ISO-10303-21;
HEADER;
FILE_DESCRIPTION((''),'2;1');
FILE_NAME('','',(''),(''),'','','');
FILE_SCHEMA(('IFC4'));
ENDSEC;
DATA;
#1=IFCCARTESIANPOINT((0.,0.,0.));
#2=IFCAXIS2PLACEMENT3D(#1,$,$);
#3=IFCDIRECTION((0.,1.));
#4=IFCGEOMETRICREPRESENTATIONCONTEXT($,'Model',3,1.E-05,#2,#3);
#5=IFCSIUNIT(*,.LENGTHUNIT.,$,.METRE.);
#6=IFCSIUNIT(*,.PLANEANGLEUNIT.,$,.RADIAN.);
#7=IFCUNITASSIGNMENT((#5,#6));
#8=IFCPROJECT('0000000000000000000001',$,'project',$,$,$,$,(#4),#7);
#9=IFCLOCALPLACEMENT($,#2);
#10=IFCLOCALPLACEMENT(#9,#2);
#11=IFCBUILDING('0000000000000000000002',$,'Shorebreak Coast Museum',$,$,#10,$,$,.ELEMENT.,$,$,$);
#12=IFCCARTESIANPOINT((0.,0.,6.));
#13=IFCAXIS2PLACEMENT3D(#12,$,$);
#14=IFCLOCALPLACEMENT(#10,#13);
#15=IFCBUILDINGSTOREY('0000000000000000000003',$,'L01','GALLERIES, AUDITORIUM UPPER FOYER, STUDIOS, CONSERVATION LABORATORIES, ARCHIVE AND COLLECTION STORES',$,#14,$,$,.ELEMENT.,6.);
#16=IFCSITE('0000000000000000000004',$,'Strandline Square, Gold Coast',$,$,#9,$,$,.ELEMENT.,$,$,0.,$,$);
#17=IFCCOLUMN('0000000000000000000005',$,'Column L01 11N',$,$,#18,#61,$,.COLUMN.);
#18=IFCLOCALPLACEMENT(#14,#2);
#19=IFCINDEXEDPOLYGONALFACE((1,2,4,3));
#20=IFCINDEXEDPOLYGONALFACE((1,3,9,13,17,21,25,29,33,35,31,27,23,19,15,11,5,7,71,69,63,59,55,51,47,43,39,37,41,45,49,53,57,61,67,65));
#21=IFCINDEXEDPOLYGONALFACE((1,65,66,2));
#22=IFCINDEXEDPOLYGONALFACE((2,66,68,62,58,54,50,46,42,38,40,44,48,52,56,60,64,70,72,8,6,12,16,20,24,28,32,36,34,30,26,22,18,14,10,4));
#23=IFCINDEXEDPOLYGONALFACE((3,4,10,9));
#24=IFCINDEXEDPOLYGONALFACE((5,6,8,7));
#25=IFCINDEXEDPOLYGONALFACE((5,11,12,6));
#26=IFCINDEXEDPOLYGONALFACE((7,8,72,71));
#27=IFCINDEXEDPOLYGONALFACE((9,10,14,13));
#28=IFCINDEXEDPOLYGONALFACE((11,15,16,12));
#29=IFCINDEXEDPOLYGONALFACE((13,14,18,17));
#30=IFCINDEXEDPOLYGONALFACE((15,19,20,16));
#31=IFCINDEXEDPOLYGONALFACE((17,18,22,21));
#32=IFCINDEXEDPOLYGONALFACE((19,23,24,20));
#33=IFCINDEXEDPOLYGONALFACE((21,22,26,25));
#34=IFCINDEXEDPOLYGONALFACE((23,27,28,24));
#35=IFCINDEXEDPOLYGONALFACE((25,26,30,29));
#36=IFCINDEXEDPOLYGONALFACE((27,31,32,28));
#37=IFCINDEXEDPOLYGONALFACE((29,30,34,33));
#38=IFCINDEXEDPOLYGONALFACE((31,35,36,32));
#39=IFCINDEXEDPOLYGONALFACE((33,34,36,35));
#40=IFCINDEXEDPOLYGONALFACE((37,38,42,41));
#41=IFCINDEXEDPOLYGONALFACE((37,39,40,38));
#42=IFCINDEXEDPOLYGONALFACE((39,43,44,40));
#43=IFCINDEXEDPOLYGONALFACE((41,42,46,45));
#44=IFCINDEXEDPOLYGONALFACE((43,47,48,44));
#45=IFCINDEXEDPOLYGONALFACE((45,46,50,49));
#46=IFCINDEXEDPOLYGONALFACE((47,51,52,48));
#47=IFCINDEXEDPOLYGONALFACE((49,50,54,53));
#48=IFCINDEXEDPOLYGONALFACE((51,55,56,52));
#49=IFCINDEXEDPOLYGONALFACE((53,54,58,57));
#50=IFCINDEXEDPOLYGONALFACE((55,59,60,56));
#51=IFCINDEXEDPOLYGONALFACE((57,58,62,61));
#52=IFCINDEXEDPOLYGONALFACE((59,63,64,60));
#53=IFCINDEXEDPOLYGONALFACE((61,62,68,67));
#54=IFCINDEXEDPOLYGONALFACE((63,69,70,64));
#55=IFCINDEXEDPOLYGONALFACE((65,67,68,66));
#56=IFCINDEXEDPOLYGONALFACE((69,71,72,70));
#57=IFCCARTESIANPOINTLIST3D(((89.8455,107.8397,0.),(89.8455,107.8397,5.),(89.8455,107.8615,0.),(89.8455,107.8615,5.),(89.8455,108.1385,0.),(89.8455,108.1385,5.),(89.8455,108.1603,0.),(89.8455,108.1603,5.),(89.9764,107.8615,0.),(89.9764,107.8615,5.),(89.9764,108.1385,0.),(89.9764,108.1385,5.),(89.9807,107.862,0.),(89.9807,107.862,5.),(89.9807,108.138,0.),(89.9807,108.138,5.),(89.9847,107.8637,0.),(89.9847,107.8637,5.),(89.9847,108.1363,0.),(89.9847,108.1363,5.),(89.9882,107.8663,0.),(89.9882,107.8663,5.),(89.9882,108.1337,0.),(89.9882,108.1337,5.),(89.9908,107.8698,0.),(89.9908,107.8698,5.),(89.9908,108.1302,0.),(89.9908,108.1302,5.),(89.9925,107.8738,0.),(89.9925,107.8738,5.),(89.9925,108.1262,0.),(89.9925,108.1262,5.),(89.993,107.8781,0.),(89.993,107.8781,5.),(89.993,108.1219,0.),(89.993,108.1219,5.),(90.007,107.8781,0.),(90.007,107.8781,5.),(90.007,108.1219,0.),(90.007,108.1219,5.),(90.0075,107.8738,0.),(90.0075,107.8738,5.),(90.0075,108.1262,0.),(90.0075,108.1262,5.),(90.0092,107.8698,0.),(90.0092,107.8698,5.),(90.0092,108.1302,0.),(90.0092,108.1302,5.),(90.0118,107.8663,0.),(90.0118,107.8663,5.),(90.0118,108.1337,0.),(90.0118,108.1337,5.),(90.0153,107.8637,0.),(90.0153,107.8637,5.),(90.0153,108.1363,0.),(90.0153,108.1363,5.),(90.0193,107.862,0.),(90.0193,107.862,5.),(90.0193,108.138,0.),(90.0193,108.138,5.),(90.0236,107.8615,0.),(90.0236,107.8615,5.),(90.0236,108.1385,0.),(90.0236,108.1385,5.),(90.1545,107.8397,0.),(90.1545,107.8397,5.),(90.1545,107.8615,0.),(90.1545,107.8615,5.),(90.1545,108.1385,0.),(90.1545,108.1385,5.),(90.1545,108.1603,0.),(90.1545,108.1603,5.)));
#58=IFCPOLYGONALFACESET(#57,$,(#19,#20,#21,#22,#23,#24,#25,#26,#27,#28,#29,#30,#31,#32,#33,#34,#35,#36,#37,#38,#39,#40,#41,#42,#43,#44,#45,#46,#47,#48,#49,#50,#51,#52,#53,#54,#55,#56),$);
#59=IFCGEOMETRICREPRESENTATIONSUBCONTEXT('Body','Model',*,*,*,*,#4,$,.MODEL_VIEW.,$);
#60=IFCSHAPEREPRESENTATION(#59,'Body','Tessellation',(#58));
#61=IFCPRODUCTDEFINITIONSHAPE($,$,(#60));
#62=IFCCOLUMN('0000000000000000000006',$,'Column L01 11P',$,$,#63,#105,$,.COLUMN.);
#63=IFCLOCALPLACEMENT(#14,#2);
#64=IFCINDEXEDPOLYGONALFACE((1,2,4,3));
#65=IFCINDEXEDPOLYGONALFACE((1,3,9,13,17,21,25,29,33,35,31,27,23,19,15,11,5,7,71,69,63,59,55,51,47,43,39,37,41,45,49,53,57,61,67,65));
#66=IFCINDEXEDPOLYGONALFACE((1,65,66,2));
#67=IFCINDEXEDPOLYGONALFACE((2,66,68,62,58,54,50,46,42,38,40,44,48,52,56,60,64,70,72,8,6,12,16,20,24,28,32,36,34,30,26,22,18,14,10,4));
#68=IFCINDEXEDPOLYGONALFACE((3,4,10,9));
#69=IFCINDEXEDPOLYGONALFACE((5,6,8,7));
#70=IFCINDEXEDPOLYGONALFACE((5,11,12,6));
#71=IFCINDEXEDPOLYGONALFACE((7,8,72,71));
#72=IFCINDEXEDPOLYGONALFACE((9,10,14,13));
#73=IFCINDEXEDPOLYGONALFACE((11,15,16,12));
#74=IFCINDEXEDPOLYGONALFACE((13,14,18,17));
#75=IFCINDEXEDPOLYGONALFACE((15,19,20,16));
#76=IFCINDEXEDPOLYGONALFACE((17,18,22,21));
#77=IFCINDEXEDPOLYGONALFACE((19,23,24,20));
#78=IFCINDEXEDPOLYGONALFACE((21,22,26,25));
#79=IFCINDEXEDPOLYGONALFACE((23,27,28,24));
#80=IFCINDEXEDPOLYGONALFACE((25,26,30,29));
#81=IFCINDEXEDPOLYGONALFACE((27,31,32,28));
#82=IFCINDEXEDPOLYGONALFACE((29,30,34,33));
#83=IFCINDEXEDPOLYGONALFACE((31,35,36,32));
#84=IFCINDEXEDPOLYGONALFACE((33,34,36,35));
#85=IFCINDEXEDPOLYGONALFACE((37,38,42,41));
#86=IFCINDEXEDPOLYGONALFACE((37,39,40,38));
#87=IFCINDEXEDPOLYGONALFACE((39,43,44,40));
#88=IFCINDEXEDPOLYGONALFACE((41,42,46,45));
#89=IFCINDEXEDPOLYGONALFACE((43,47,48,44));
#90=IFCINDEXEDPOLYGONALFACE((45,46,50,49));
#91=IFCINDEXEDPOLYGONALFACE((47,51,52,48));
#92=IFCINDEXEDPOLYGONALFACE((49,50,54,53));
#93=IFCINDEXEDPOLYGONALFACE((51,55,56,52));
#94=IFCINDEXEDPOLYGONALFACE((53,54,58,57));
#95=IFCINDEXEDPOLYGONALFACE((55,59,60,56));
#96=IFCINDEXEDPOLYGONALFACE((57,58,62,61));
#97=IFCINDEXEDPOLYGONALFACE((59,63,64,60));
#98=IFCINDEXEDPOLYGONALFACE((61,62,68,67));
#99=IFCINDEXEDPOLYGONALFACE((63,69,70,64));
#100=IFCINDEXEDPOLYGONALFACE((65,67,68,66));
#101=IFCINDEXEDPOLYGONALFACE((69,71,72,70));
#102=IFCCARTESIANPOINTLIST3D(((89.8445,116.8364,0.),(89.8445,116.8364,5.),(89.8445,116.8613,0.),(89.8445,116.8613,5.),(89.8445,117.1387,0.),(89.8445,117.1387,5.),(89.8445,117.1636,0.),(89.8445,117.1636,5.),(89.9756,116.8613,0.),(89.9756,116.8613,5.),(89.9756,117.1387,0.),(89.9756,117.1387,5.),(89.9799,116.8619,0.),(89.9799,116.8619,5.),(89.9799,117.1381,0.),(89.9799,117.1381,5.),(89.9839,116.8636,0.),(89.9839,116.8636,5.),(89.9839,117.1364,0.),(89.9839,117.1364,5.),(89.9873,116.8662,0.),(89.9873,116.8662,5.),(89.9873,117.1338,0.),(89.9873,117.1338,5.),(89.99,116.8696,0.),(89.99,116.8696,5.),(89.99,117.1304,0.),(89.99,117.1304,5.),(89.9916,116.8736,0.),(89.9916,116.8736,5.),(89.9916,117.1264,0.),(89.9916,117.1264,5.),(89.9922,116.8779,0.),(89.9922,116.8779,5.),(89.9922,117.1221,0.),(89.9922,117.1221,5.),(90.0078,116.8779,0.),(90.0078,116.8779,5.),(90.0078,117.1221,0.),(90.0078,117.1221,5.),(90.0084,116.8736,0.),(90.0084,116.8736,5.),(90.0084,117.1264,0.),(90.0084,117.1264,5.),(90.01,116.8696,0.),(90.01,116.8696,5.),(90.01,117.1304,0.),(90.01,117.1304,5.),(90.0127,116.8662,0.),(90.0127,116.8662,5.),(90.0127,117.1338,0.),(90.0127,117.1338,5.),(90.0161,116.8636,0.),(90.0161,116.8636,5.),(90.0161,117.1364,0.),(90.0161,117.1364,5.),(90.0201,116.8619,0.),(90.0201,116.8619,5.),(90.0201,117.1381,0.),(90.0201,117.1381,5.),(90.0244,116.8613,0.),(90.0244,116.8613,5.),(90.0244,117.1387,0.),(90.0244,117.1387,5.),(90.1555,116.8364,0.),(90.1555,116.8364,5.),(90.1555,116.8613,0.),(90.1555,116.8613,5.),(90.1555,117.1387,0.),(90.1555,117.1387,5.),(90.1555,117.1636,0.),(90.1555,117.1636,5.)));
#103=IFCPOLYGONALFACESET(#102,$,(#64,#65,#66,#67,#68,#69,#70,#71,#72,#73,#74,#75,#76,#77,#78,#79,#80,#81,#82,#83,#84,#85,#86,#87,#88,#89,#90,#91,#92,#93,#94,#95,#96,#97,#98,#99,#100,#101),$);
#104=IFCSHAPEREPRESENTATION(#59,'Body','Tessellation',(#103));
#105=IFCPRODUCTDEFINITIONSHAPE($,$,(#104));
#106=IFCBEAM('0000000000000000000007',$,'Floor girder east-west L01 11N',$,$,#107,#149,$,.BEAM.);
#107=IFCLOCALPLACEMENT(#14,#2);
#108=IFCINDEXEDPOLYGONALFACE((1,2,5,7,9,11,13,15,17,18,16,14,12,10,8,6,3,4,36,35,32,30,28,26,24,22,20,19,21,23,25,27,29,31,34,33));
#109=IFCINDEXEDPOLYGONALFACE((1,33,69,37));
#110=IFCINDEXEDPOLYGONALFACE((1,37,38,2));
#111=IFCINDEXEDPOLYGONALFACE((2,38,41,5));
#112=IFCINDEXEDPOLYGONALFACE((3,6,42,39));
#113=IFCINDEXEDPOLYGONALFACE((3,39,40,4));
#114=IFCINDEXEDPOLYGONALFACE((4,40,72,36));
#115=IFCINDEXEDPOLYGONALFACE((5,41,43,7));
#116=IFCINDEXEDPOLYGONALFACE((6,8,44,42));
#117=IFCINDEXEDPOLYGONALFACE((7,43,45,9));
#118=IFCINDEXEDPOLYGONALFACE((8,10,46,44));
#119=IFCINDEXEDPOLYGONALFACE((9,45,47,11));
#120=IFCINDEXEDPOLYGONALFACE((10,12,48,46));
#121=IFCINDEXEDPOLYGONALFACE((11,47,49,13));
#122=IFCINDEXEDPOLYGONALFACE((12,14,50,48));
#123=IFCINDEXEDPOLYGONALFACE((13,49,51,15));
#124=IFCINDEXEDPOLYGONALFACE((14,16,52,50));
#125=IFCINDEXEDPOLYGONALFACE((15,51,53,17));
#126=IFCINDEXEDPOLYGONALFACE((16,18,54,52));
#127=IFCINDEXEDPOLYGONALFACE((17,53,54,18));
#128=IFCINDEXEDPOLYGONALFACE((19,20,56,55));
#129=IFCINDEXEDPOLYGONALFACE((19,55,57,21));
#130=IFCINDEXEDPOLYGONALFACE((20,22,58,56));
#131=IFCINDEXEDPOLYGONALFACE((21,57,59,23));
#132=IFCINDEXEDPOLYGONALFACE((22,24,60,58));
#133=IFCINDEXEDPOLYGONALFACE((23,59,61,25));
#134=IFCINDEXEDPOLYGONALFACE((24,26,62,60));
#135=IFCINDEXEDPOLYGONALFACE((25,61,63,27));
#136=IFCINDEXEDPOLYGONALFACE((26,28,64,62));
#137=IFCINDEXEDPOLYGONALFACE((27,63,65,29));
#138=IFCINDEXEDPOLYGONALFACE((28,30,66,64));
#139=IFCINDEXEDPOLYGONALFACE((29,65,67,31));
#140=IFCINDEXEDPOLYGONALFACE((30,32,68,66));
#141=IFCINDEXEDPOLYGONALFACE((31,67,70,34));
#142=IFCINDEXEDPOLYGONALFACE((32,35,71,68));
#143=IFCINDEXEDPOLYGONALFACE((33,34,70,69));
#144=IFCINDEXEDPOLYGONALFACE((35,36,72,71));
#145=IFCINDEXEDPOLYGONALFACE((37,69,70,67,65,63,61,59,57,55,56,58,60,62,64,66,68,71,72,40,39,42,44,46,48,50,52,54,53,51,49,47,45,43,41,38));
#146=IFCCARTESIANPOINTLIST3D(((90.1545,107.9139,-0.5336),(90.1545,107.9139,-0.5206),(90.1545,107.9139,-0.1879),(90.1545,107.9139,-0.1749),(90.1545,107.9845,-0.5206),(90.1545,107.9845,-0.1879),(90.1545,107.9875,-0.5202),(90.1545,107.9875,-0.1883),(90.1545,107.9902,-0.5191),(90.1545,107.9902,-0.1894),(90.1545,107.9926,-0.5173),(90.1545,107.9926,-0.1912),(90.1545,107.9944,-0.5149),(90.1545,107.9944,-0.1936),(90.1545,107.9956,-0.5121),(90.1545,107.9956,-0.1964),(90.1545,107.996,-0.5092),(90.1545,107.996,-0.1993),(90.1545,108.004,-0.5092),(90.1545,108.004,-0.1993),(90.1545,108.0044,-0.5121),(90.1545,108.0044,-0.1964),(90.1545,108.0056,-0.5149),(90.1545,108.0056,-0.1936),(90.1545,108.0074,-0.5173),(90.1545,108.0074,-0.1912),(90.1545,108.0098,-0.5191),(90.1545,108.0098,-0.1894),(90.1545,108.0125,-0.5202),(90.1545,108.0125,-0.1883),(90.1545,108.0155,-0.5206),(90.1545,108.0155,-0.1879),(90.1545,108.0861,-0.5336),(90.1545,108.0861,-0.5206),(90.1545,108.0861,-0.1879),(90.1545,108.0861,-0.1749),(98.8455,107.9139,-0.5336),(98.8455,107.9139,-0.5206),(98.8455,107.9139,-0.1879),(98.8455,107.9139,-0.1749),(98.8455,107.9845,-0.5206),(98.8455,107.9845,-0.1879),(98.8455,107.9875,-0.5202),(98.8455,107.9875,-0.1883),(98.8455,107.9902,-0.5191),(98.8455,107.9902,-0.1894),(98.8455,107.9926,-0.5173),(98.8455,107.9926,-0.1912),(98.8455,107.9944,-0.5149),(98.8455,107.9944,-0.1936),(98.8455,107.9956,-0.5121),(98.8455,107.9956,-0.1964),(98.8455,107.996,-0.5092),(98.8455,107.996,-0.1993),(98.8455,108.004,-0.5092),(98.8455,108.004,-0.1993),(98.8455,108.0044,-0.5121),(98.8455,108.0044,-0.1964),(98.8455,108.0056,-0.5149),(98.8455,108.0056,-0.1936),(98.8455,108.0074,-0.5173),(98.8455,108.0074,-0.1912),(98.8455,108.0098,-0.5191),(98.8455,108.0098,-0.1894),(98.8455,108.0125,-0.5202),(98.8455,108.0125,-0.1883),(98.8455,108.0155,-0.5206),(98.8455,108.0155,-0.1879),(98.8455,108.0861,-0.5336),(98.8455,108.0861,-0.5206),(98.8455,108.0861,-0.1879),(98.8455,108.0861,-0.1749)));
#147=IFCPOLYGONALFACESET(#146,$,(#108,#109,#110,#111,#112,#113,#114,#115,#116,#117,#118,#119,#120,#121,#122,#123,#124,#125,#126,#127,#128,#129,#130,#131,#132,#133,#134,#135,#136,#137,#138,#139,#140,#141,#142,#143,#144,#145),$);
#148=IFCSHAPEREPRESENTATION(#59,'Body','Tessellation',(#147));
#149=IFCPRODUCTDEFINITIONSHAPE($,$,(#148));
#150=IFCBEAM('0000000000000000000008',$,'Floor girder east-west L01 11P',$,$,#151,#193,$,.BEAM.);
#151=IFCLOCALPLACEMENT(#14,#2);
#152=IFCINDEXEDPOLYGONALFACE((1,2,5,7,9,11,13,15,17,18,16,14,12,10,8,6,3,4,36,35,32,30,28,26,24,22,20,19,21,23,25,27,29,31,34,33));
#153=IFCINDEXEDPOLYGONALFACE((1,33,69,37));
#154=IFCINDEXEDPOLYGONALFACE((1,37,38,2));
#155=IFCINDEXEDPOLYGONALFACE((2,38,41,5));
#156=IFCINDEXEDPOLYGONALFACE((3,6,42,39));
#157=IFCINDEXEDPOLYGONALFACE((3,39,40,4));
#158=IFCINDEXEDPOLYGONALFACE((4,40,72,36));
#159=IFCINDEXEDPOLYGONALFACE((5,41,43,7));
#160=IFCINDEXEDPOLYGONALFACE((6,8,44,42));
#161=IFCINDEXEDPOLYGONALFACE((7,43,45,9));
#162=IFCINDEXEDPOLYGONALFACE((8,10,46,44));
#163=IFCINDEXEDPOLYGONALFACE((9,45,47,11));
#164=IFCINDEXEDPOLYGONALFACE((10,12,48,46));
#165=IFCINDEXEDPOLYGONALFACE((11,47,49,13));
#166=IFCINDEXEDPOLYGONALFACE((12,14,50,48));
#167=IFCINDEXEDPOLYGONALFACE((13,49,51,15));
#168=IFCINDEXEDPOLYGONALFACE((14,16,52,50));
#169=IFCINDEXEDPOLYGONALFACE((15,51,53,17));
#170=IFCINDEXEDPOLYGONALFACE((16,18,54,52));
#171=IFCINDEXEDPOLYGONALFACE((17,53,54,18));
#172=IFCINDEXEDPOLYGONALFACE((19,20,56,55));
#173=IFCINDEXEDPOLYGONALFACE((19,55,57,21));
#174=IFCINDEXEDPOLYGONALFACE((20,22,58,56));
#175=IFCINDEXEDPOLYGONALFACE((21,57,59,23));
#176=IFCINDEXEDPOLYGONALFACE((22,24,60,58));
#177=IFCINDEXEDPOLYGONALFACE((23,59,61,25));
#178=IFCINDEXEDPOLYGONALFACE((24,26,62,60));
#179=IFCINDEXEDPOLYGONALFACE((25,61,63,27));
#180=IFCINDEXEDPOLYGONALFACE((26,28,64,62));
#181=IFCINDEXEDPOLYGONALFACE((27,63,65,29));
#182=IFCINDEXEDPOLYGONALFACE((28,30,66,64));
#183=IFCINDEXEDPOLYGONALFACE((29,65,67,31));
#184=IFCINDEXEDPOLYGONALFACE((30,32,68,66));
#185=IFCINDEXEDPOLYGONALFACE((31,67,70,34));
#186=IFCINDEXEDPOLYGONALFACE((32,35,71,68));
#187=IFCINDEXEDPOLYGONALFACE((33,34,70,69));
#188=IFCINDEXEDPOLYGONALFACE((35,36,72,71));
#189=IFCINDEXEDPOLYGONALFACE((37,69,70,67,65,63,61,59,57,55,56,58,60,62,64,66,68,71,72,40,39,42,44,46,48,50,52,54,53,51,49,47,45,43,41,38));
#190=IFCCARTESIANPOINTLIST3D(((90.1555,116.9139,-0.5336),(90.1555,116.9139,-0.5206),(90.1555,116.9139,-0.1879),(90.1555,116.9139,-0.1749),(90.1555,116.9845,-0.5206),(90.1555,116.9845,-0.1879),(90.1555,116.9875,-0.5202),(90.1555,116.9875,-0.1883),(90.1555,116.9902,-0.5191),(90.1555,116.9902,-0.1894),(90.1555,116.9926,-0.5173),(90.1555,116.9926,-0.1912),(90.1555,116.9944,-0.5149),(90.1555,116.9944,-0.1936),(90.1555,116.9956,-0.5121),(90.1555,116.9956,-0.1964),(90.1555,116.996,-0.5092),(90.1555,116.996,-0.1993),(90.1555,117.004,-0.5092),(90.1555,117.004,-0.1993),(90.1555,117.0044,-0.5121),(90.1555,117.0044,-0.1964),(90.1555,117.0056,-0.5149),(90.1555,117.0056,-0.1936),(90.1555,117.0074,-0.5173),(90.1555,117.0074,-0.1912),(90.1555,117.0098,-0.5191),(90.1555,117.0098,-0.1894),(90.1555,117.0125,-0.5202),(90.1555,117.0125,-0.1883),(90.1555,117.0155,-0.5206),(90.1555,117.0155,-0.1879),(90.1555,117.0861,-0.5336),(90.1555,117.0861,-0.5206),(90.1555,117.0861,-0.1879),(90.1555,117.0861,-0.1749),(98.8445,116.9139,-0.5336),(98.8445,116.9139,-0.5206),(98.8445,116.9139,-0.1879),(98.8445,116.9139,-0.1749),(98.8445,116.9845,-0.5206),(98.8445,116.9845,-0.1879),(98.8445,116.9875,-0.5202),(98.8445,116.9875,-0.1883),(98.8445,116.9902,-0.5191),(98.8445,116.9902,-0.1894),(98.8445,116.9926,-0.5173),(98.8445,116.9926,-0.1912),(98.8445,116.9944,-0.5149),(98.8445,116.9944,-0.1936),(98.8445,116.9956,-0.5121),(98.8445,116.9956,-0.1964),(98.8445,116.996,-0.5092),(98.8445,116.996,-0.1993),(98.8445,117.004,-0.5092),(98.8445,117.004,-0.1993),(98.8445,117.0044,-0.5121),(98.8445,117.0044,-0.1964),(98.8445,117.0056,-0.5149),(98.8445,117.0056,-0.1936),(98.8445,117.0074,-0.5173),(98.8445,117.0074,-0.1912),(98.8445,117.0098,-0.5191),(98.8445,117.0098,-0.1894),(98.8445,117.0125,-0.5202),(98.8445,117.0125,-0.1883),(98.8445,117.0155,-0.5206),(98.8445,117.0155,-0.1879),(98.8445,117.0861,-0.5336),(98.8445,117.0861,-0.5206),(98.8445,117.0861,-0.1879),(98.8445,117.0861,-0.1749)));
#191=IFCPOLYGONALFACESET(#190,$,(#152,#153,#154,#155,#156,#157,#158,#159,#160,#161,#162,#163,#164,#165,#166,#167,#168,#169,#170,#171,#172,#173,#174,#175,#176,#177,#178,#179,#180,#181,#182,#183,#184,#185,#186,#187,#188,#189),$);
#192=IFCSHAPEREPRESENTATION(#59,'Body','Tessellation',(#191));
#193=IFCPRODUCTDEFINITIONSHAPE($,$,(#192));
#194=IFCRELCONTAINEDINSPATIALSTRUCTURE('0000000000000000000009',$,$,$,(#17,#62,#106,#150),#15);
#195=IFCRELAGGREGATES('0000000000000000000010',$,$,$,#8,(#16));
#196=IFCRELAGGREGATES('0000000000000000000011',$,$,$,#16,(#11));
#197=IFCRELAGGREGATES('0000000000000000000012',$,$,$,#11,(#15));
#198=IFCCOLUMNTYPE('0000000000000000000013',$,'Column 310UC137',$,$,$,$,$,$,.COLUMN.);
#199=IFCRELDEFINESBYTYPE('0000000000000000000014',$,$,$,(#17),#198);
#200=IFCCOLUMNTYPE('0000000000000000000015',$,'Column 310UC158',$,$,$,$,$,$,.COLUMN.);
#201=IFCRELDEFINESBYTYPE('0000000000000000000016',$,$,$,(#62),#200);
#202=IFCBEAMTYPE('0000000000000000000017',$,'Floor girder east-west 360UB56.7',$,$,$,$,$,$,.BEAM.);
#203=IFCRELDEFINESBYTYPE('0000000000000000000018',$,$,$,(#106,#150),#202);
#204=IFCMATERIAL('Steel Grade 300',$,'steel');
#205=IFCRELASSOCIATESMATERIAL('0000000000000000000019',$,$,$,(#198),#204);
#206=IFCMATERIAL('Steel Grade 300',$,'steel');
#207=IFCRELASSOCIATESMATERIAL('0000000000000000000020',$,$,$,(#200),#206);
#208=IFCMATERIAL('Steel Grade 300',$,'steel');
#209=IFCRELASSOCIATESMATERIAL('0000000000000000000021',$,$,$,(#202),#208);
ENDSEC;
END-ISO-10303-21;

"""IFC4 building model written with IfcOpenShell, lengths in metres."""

from ifc_helpers import new_model, si_unit, direction, frame, origin, origin_2d, place, context, subcontext, project, spatial, i_section, extrude, material, material_profile, profile_set, type_object, element, save


model = new_model("IFC4")

# Units and contexts
model_context = context("Model", 3, precision=1e-05, world=origin(), true_north=direction((0.0, 1.0)))
body_context = subcontext(model_context, "Body", "Model", "MODEL_VIEW")
ifc_project = project(units=[si_unit("LENGTHUNIT", "METRE"), si_unit("PLANEANGLEUNIT", "RADIAN")], contexts=[model_context])

# Site, building, storey
site_placement = place(None, origin())
site = spatial("IfcSite", under=ifc_project, at=site_placement, Name="Strandline Square, Gold Coast", CompositionType="ELEMENT", RefElevation=0.0)
building_placement = place(site_placement, origin())
building = spatial("IfcBuilding", under=site, at=building_placement, Name="Shorebreak Coast Museum", CompositionType="ELEMENT")
storey_placement = place(building_placement, frame((0.0, 0.0, 6.0)))
storey = spatial("IfcBuildingStorey", under=building, at=storey_placement, Name="L01", Description="GALLERIES, AUDITORIUM UPPER FOYER, STUDIOS, CONSERVATION LABORATORIES, ARCHIVE AND COLLECTION STORES", CompositionType="ELEMENT", Elevation=6.0)

# Columns
ifc_material_1 = material(Name="Steel Grade 300", Category="steel")
ifc_material_profile_1 = material_profile(ifc_material_1, i_section(OverallWidth=0.3091, OverallDepth=0.3206, WebThickness=0.0139, FlangeThickness=0.0217, FilletRadius=0.0166, at=origin_2d()), Name="310UC137")
ifc_profile_set_1 = profile_set([ifc_material_profile_1], Name="Steel Grade 300")
column_type_1 = type_object("IfcColumnType", Name="Column 310UC137", PredefinedType="COLUMN", material=ifc_profile_set_1)
column_1_placement = place(storey_placement, frame((90.0, 108.0, 0.0), z_axis=(0.0, 0.0, 1.0), x_axis=(1.0, 0.0, 0.0)))
element("IfcColumn", 1, at=column_1_placement, inside=storey, type_object=column_type_1, Name="Column L01 11N", PredefinedType="COLUMN", context=body_context, shape_type="SweptSolid", body=[
    extrude(i_section(OverallWidth=0.3091, OverallDepth=0.3206, WebThickness=0.0139, FlangeThickness=0.0217, FilletRadius=0.0166, at=origin_2d()), origin(), (0.0, 0.0, 1.0), 5.0),
])
ifc_material_2 = material(Name="Steel Grade 300", Category="steel")
ifc_material_profile_2 = material_profile(ifc_material_2, i_section(OverallWidth=0.311, OverallDepth=0.3271, WebThickness=0.0156, FlangeThickness=0.0249, FilletRadius=0.0166, at=origin_2d()), Name="310UC158")
ifc_profile_set_2 = profile_set([ifc_material_profile_2], Name="Steel Grade 300")
column_type_2 = type_object("IfcColumnType", Name="Column 310UC158", PredefinedType="COLUMN", material=ifc_profile_set_2)
column_2_placement = place(storey_placement, frame((90.0, 117.0, 0.0), z_axis=(0.0, 0.0, 1.0), x_axis=(1.0, 0.0, 0.0)))
element("IfcColumn", 2, at=column_2_placement, inside=storey, type_object=column_type_2, Name="Column L01 11P", PredefinedType="COLUMN", context=body_context, shape_type="SweptSolid", body=[
    extrude(i_section(OverallWidth=0.311, OverallDepth=0.3271, WebThickness=0.0156, FlangeThickness=0.0249, FilletRadius=0.0166, at=origin_2d()), origin(), (0.0, 0.0, 1.0), 5.0),
])

# Beams
ifc_material_3 = material(Name="Steel Grade 300", Category="steel")
ifc_material_profile_3 = material_profile(ifc_material_3, i_section(OverallWidth=0.1721, OverallDepth=0.3586, WebThickness=0.0081, FlangeThickness=0.0129, FilletRadius=0.0115, at=origin_2d()), Name="360UB56.7")
ifc_profile_set_3 = profile_set([ifc_material_profile_3], Name="Steel Grade 300")
beam_type_1 = type_object("IfcBeamType", Name="Floor girder east-west 360UB56.7", PredefinedType="BEAM", material=ifc_profile_set_3)
beam_1_placement = place(storey_placement, frame((90.1545, 108.0, -0.3542), z_axis=(1.0, 0.0, 0.0), x_axis=(0.0, 1.0, 0.0)))
element("IfcBeam", 3, at=beam_1_placement, inside=storey, type_object=beam_type_1, Name="Floor girder east-west L01 11N", PredefinedType="BEAM", context=body_context, shape_type="SweptSolid", body=[
    extrude(i_section(OverallWidth=0.1721, OverallDepth=0.3586, WebThickness=0.0081, FlangeThickness=0.0129, FilletRadius=0.0115, at=origin_2d()), origin(), (0.0, 0.0, 1.0), 8.6909),
])
beam_2_placement = place(storey_placement, frame((90.1555, 117.0, -0.3542), z_axis=(1.0, 0.0, 0.0), x_axis=(0.0, 1.0, 0.0)))
element("IfcBeam", 4, at=beam_2_placement, inside=storey, type_object=beam_type_1, Name="Floor girder east-west L01 11P", PredefinedType="BEAM", context=body_context, shape_type="SweptSolid", body=[
    extrude(i_section(OverallWidth=0.1721, OverallDepth=0.3586, WebThickness=0.0081, FlangeThickness=0.0129, FilletRadius=0.0115, at=origin_2d()), origin(), (0.0, 0.0, 1.0), 8.689),
])

save(model, "model.ifc")
